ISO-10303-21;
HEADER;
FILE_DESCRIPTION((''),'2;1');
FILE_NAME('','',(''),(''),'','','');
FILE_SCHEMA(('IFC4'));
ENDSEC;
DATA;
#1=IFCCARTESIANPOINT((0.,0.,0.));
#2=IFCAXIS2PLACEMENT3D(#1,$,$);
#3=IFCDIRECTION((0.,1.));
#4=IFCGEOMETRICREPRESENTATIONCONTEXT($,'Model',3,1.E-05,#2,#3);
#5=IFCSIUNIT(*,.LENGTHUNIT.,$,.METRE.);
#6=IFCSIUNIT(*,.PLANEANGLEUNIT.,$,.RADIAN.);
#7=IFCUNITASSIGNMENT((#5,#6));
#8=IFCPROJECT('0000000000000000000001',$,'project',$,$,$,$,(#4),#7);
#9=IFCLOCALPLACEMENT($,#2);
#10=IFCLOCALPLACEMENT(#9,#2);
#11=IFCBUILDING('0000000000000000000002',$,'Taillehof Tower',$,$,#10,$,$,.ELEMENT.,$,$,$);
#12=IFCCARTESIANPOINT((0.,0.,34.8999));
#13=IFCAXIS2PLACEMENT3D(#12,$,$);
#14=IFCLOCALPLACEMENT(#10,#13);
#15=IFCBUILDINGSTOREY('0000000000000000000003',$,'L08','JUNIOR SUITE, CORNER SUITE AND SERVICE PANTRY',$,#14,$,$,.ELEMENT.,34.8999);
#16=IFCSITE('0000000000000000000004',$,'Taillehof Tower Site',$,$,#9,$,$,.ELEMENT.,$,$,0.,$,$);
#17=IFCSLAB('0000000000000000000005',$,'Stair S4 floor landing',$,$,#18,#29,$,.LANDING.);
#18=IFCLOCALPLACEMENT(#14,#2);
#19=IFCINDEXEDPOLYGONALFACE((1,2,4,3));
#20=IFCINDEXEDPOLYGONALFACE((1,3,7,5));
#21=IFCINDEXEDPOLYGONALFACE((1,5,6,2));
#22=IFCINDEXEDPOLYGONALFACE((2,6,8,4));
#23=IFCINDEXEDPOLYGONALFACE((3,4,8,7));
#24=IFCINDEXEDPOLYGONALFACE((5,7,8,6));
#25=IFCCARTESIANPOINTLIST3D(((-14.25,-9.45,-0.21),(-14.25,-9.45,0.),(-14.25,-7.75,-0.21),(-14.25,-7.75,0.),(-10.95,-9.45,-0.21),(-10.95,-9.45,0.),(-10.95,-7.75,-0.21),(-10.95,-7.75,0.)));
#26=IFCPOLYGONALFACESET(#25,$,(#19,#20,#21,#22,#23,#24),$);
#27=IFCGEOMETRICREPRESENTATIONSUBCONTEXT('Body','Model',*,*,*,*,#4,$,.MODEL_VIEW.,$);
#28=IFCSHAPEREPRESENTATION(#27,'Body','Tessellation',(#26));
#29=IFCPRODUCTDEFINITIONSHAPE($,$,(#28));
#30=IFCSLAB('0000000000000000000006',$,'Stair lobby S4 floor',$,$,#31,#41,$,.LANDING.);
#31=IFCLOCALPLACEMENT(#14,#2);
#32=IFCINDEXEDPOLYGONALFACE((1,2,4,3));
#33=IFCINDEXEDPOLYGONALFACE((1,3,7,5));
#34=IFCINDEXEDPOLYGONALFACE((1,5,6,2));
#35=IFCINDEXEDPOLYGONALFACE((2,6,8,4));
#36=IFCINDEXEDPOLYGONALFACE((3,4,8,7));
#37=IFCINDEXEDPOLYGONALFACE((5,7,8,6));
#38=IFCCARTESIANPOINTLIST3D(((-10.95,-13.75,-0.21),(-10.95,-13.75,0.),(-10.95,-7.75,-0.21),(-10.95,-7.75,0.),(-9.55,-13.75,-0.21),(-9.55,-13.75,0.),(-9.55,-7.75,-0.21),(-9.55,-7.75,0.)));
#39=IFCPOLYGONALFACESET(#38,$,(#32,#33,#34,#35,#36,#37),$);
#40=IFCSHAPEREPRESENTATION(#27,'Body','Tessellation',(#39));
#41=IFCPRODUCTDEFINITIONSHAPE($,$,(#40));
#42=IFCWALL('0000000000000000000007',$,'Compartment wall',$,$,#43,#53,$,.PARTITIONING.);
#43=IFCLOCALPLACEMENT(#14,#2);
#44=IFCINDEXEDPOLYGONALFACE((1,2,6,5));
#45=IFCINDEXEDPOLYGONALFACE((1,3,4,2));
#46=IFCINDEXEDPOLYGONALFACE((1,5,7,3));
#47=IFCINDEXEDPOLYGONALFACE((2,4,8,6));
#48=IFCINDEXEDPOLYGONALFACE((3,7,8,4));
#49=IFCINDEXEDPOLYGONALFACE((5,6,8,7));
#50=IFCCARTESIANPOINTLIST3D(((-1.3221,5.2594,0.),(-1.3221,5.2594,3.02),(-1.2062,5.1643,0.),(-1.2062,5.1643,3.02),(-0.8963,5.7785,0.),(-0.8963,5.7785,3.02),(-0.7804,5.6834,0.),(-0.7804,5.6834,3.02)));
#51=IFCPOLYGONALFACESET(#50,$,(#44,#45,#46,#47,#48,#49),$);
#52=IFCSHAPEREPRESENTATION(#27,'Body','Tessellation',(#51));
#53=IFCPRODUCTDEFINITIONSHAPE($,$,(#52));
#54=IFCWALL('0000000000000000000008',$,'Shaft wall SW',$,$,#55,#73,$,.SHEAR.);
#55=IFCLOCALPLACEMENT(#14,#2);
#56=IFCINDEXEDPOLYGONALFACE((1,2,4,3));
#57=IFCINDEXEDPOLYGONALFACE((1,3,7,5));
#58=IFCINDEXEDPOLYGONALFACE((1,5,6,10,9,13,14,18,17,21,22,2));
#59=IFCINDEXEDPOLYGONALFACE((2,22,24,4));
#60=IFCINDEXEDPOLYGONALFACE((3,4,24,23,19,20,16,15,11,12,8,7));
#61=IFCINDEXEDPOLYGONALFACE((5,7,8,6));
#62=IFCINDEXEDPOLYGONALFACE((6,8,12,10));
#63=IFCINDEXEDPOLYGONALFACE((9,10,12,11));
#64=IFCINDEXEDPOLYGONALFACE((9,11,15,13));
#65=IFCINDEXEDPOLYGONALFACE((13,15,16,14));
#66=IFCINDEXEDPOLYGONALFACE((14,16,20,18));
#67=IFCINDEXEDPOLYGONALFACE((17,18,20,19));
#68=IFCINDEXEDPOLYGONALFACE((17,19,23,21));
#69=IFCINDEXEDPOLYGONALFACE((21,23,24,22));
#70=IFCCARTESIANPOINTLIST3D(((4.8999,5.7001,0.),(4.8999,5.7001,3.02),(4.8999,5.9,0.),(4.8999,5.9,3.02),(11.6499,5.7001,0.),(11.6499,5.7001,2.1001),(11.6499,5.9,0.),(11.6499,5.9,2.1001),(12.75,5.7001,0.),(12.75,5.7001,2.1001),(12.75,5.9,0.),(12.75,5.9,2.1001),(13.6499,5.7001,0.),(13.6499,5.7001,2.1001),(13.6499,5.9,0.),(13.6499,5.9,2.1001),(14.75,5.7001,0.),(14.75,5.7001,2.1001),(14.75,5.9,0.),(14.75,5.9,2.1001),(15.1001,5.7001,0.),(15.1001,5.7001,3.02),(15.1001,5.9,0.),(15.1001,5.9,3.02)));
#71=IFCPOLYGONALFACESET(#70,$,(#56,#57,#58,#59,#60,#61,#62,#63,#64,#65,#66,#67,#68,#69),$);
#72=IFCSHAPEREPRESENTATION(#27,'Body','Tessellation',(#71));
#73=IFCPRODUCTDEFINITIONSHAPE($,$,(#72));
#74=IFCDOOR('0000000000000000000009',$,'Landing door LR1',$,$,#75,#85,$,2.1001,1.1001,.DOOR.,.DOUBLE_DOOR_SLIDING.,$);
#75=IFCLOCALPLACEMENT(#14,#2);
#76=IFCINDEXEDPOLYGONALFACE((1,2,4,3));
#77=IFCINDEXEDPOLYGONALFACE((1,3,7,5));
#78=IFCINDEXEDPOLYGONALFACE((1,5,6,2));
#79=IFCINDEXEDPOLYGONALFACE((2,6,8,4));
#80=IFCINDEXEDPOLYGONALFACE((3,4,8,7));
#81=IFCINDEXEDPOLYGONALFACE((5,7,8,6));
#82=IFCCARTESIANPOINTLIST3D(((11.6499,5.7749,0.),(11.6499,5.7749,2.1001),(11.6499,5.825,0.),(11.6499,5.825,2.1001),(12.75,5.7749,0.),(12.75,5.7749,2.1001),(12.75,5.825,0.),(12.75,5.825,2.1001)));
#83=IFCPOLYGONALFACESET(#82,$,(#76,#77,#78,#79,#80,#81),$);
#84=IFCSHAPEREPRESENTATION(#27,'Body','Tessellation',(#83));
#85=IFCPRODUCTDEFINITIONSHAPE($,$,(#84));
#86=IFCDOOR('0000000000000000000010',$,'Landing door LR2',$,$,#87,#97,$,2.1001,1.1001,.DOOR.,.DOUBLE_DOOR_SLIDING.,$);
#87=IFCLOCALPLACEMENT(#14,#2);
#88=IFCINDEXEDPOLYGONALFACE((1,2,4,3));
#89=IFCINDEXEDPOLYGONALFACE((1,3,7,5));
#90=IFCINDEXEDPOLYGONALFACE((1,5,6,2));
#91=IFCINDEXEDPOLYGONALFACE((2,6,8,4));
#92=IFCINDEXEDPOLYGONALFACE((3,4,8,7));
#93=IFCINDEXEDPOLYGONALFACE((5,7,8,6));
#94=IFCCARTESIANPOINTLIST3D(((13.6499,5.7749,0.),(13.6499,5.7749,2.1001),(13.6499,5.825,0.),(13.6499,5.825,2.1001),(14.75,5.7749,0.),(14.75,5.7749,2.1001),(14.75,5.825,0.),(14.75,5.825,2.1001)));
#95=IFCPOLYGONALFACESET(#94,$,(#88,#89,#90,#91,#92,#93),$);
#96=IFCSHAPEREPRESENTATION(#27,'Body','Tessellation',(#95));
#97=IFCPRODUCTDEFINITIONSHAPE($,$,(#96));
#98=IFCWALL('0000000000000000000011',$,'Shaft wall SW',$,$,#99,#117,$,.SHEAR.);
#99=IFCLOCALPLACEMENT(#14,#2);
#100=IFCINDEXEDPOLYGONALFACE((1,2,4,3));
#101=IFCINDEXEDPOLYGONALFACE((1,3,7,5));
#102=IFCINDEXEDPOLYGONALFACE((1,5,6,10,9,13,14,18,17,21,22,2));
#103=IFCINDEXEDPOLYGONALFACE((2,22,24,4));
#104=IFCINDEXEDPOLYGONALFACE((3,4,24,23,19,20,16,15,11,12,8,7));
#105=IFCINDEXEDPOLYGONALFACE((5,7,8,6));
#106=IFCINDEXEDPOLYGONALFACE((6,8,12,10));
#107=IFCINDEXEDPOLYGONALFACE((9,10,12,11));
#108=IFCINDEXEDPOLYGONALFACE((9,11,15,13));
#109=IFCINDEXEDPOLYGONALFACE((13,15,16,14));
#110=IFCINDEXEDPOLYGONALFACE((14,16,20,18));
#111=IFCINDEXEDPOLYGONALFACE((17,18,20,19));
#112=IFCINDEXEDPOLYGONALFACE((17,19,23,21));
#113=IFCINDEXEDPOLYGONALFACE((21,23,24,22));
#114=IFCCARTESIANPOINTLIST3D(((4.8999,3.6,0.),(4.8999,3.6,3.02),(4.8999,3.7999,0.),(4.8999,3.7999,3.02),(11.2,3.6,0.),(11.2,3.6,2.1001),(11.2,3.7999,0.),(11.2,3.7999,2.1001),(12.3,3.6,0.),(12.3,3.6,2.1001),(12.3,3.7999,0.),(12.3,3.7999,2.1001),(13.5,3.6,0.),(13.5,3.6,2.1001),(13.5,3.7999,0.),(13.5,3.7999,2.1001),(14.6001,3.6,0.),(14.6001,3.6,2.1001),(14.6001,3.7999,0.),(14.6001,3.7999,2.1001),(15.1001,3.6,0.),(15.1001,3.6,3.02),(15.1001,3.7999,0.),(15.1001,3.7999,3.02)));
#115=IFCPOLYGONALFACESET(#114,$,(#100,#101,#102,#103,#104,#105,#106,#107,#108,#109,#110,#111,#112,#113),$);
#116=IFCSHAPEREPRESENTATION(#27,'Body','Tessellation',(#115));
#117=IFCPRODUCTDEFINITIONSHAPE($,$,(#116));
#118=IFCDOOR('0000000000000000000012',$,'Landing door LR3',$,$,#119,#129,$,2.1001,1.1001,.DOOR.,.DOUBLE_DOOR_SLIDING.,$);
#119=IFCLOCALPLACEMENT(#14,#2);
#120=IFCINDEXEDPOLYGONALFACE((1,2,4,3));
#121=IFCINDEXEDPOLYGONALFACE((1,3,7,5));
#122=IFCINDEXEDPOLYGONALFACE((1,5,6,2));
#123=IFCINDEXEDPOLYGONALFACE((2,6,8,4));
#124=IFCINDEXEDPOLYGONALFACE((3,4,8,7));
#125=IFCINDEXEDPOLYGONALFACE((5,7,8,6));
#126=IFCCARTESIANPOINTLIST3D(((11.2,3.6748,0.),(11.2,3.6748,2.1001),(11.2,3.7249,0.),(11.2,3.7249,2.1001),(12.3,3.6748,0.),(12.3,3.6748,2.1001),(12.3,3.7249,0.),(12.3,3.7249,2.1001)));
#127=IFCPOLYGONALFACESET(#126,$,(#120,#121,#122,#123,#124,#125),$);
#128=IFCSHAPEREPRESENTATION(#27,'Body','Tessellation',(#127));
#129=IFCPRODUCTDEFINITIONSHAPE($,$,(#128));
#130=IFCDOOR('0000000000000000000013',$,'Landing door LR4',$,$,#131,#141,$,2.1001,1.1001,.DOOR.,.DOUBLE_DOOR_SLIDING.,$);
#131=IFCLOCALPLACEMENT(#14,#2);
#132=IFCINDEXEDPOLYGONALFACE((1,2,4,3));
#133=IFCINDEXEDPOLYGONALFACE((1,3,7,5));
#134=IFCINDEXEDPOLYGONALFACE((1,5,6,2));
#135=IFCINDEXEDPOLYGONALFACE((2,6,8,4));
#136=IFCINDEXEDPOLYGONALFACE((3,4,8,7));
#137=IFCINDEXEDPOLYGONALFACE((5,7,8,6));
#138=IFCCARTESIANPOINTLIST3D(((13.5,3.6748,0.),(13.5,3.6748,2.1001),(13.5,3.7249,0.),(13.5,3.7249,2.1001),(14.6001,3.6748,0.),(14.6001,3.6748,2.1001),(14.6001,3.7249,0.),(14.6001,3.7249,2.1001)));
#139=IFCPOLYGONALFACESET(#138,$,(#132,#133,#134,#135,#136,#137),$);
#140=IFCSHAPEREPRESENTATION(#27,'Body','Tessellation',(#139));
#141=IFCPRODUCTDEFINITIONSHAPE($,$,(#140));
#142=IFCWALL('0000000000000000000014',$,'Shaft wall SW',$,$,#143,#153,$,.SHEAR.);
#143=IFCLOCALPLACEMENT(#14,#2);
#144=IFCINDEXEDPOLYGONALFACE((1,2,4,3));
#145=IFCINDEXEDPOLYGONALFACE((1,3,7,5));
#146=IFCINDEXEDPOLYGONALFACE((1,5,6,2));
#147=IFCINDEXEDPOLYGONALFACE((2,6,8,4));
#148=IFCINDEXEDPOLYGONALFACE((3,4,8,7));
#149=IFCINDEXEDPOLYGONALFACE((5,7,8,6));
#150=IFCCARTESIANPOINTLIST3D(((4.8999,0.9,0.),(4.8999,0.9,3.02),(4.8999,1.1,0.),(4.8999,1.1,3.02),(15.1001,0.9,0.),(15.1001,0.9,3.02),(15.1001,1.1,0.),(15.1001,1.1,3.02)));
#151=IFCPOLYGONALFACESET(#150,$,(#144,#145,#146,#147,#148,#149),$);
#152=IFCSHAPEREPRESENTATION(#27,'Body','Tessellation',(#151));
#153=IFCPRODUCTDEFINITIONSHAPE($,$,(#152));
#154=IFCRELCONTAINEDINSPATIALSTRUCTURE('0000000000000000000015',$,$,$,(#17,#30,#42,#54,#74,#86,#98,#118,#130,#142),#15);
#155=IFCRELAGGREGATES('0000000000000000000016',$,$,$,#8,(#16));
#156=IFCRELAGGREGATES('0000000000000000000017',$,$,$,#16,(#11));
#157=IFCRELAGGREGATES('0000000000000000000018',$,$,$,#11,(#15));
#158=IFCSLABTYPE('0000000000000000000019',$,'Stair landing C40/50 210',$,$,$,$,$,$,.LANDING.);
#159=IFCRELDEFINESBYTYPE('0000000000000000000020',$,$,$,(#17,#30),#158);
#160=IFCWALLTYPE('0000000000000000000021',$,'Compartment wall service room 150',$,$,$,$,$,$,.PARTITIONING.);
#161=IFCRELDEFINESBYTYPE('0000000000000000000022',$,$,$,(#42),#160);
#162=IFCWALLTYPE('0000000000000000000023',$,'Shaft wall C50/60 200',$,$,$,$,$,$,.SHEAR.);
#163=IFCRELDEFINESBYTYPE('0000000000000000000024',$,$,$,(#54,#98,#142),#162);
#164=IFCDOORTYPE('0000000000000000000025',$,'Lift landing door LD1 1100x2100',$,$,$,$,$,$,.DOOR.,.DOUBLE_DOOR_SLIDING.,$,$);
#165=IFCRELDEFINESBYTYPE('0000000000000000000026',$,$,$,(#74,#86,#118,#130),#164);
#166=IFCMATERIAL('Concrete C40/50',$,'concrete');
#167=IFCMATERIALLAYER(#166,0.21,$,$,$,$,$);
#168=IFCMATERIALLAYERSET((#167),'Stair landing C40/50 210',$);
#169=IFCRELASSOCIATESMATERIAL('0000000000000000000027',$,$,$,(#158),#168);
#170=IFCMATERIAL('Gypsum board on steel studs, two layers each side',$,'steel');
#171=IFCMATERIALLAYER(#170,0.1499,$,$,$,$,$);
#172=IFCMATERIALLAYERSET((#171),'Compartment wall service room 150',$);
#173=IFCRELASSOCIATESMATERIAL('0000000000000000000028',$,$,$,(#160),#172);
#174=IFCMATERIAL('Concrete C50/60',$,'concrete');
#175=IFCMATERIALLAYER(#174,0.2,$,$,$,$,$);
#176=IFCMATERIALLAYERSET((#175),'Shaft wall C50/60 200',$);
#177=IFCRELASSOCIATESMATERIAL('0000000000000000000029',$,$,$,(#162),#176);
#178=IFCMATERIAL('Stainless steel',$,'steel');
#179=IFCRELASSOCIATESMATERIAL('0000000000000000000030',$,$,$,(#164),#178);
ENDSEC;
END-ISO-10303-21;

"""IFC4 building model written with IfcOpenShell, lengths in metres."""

from ifc_helpers import new_model, si_unit, direction, frame, frame_2d, origin, place, context, subcontext, project, spatial, polyline, rectangle, outline, extrude, material, layer, layer_set, type_object, element, fill, save


model = new_model("IFC4")

# Units and contexts
model_context = context("Model", 3, precision=1e-05, world=origin(), true_north=direction((0.0, 1.0)))
body_context = subcontext(model_context, "Body", "Model", "MODEL_VIEW")
ifc_project = project(units=[si_unit("LENGTHUNIT", "METRE"), si_unit("PLANEANGLEUNIT", "RADIAN")], contexts=[model_context])

# Site, building, storey
site_placement = place(None, origin())
site = spatial("IfcSite", under=ifc_project, at=site_placement, Name="Taillehof Tower Site", CompositionType="ELEMENT", RefElevation=0.0)
building_placement = place(site_placement, origin())
building = spatial("IfcBuilding", under=site, at=building_placement, Name="Taillehof Tower", CompositionType="ELEMENT")
storey_placement = place(building_placement, frame((0.0, 0.0, 34.8999)))
storey = spatial("IfcBuildingStorey", under=building, at=storey_placement, Name="L08", Description="JUNIOR SUITE, CORNER SUITE AND SERVICE PANTRY", CompositionType="ELEMENT", Elevation=34.8999)

# Shared definitions
ifc_material_1 = material(Name="Concrete C40/50", Category="concrete")
ifc_layer_1 = layer(ifc_material_1, 0.21)
ifc_layer_set_1 = layer_set([ifc_layer_1], Name="Stair landing C40/50 210")
slab_type_1 = type_object("IfcSlabType", Name="Stair landing C40/50 210", PredefinedType="LANDING", material=ifc_layer_set_1)

# Slabs
slab_1_placement = place(storey_placement, frame((0.0, 0.0, -0.21)))
element("IfcSlab", 1, at=slab_1_placement, inside=storey, type_object=slab_type_1, Name="Stair S4 floor landing", PredefinedType="LANDING", context=body_context, shape_type="SweptSolid", body=[
    extrude(outline(polyline([(-14.25, -7.75), (-14.25, -9.45), (-10.95, -9.45), (-10.95, -7.75), (-14.25, -7.75)])), origin(), (0.0, 0.0, 1.0), 0.21),
])
slab_2_placement = place(storey_placement, frame((0.0, 0.0, -0.21)))
element("IfcSlab", 2, at=slab_2_placement, inside=storey, type_object=slab_type_1, Name="Stair lobby S4 floor", PredefinedType="LANDING", context=body_context, shape_type="SweptSolid", body=[
    extrude(outline(polyline([(-10.95, -13.75), (-9.55, -13.75), (-9.55, -7.75), (-10.95, -7.75), (-10.95, -13.75)])), origin(), (0.0, 0.0, 1.0), 0.21),
])

# Wall
ifc_material_2 = material(Name="Gypsum board on steel studs, two layers each side", Category="steel")
ifc_layer_2 = layer(ifc_material_2, 0.1499)
ifc_layer_set_2 = layer_set([ifc_layer_2], Name="Compartment wall service room 150")
wall_type_1 = type_object("IfcWallType", Name="Compartment wall service room 150", PredefinedType="PARTITIONING", material=ifc_layer_set_2)
wall_1_placement = place(storey_placement, frame((-0.8384, 5.731, 0.0), z_axis=(0.0, 0.0, 1.0), x_axis=(-0.634227, -0.773147, 0.0)))
element("IfcWall", 3, at=wall_1_placement, inside=storey, type_object=wall_type_1, Name="Compartment wall", PredefinedType="PARTITIONING", context=body_context, shape_type="SweptSolid", body=[
    extrude(rectangle(XDim=0.6714, YDim=0.1499, at=frame_2d((0.3357, 0.0))), origin(), (0.0, 0.0, 1.0), 3.02),
])

# Walls, openings, doors
ifc_material_3 = material(Name="Concrete C50/60", Category="concrete")
ifc_layer_3 = layer(ifc_material_3, 0.2)
ifc_layer_set_3 = layer_set([ifc_layer_3], Name="Shaft wall C50/60 200")
wall_type_2 = type_object("IfcWallType", Name="Shaft wall C50/60 200", PredefinedType="SHEAR", material=ifc_layer_set_3)
wall_2_placement = place(storey_placement, frame((4.8999, 5.8, 0.0), z_axis=(0.0, 0.0, 1.0), x_axis=(1.0, 0.0, 0.0)))
wall_2 = element("IfcWall", 4, at=wall_2_placement, inside=storey, type_object=wall_type_2, Name="Shaft wall SW", PredefinedType="SHEAR", context=body_context, shape_type="SweptSolid", body=[
    extrude(rectangle(XDim=10.2002, YDim=0.2, at=frame_2d((5.1001, 0.0))), origin(), (0.0, 0.0, 1.0), 3.02),
])
opening_1_placement = place(wall_2_placement, frame((6.75, 0.0, 0.0)))
opening_1 = element("IfcOpeningElement", 5, at=opening_1_placement, cuts=wall_2, PredefinedType="OPENING", context=body_context, shape_type="SweptSolid", body=[
    extrude(rectangle(XDim=1.1001, YDim=2.1001, at=frame_2d((0.55, 1.05))), frame((0.0, 0.1099, 0.0), z_axis=(0.0, -1.0, 0.0), x_axis=(1.0, 0.0, 0.0)), (0.0, 0.0, 1.0), 0.22),
])
opening_2_placement = place(wall_2_placement, frame((8.75, 0.0, 0.0)))
opening_2 = element("IfcOpeningElement", 6, at=opening_2_placement, cuts=wall_2, PredefinedType="OPENING", context=body_context, shape_type="SweptSolid", body=[
    extrude(rectangle(XDim=1.1001, YDim=2.1001, at=frame_2d((0.55, 1.05))), frame((0.0, 0.1099, 0.0), z_axis=(0.0, -1.0, 0.0), x_axis=(1.0, 0.0, 0.0)), (0.0, 0.0, 1.0), 0.22),
])
ifc_material_4 = material(Name="Stainless steel", Category="steel")
door_type_1 = type_object("IfcDoorType", Name="Lift landing door LD1 1100x2100", OperationType="DOUBLE_DOOR_SLIDING", PredefinedType="DOOR", material=ifc_material_4)
door_1_placement = place(opening_1_placement, origin())
door_1 = element("IfcDoor", 7, at=door_1_placement, inside=storey, type_object=door_type_1, Name="Landing door LR1", OperationType="DOUBLE_DOOR_SLIDING", OverallHeight=2.1001, OverallWidth=1.1001, PredefinedType="DOOR", context=body_context, shape_type="SweptSolid", body=[
    extrude(rectangle(XDim=1.1001, YDim=2.1001, at=frame_2d((0.55, 1.05))), frame((0.0, 0.0249, 0.0), z_axis=(0.0, -1.0, 0.0), x_axis=(1.0, 0.0, 0.0)), (0.0, 0.0, 1.0), 0.05),
])
fill(opening_1, door_1)
door_2_placement = place(opening_2_placement, origin())
door_2 = element("IfcDoor", 8, at=door_2_placement, inside=storey, type_object=door_type_1, Name="Landing door LR2", OperationType="DOUBLE_DOOR_SLIDING", OverallHeight=2.1001, OverallWidth=1.1001, PredefinedType="DOOR", context=body_context, shape_type="SweptSolid", body=[
    extrude(rectangle(XDim=1.1001, YDim=2.1001, at=frame_2d((0.55, 1.05))), frame((0.0, 0.0249, 0.0), z_axis=(0.0, -1.0, 0.0), x_axis=(1.0, 0.0, 0.0)), (0.0, 0.0, 1.0), 0.05),
])
fill(opening_2, door_2)
wall_3_placement = place(storey_placement, frame((4.8999, 3.7, 0.0), z_axis=(0.0, 0.0, 1.0), x_axis=(1.0, 0.0, 0.0)))
wall_3 = element("IfcWall", 9, at=wall_3_placement, inside=storey, type_object=wall_type_2, Name="Shaft wall SW", PredefinedType="SHEAR", context=body_context, shape_type="SweptSolid", body=[
    extrude(rectangle(XDim=10.2002, YDim=0.2, at=frame_2d((5.1001, 0.0))), origin(), (0.0, 0.0, 1.0), 3.02),
])
opening_3_placement = place(wall_3_placement, frame((6.3, 0.0, 0.0)))
opening_3 = element("IfcOpeningElement", 10, at=opening_3_placement, cuts=wall_3, PredefinedType="OPENING", context=body_context, shape_type="SweptSolid", body=[
    extrude(rectangle(XDim=1.1001, YDim=2.1001, at=frame_2d((0.55, 1.05))), frame((0.0, 0.1099, 0.0), z_axis=(0.0, -1.0, 0.0), x_axis=(1.0, 0.0, 0.0)), (0.0, 0.0, 1.0), 0.22),
])
opening_4_placement = place(wall_3_placement, frame((8.6001, 0.0, 0.0)))
opening_4 = element("IfcOpeningElement", 11, at=opening_4_placement, cuts=wall_3, PredefinedType="OPENING", context=body_context, shape_type="SweptSolid", body=[
    extrude(rectangle(XDim=1.1001, YDim=2.1001, at=frame_2d((0.55, 1.05))), frame((0.0, 0.1099, 0.0), z_axis=(0.0, -1.0, 0.0), x_axis=(1.0, 0.0, 0.0)), (0.0, 0.0, 1.0), 0.22),
])
door_3_placement = place(opening_3_placement, origin())
door_3 = element("IfcDoor", 12, at=door_3_placement, inside=storey, type_object=door_type_1, Name="Landing door LR3", OperationType="DOUBLE_DOOR_SLIDING", OverallHeight=2.1001, OverallWidth=1.1001, PredefinedType="DOOR", context=body_context, shape_type="SweptSolid", body=[
    extrude(rectangle(XDim=1.1001, YDim=2.1001, at=frame_2d((0.55, 1.05))), frame((0.0, 0.0249, 0.0), z_axis=(0.0, -1.0, 0.0), x_axis=(1.0, 0.0, 0.0)), (0.0, 0.0, 1.0), 0.05),
])
fill(opening_3, door_3)
door_4_placement = place(opening_4_placement, origin())
door_4 = element("IfcDoor", 13, at=door_4_placement, inside=storey, type_object=door_type_1, Name="Landing door LR4", OperationType="DOUBLE_DOOR_SLIDING", OverallHeight=2.1001, OverallWidth=1.1001, PredefinedType="DOOR", context=body_context, shape_type="SweptSolid", body=[
    extrude(rectangle(XDim=1.1001, YDim=2.1001, at=frame_2d((0.55, 1.05))), frame((0.0, 0.0249, 0.0), z_axis=(0.0, -1.0, 0.0), x_axis=(1.0, 0.0, 0.0)), (0.0, 0.0, 1.0), 0.05),
])
fill(opening_4, door_4)

# Wall
wall_4_placement = place(storey_placement, frame((4.8999, 1.0, 0.0), z_axis=(0.0, 0.0, 1.0), x_axis=(1.0, 0.0, 0.0)))
element("IfcWall", 14, at=wall_4_placement, inside=storey, type_object=wall_type_2, Name="Shaft wall SW", PredefinedType="SHEAR", context=body_context, shape_type="SweptSolid", body=[
    extrude(rectangle(XDim=10.2002, YDim=0.2, at=frame_2d((5.1001, 0.0))), origin(), (0.0, 0.0, 1.0), 3.02),
])

save(model, "model.ifc")
